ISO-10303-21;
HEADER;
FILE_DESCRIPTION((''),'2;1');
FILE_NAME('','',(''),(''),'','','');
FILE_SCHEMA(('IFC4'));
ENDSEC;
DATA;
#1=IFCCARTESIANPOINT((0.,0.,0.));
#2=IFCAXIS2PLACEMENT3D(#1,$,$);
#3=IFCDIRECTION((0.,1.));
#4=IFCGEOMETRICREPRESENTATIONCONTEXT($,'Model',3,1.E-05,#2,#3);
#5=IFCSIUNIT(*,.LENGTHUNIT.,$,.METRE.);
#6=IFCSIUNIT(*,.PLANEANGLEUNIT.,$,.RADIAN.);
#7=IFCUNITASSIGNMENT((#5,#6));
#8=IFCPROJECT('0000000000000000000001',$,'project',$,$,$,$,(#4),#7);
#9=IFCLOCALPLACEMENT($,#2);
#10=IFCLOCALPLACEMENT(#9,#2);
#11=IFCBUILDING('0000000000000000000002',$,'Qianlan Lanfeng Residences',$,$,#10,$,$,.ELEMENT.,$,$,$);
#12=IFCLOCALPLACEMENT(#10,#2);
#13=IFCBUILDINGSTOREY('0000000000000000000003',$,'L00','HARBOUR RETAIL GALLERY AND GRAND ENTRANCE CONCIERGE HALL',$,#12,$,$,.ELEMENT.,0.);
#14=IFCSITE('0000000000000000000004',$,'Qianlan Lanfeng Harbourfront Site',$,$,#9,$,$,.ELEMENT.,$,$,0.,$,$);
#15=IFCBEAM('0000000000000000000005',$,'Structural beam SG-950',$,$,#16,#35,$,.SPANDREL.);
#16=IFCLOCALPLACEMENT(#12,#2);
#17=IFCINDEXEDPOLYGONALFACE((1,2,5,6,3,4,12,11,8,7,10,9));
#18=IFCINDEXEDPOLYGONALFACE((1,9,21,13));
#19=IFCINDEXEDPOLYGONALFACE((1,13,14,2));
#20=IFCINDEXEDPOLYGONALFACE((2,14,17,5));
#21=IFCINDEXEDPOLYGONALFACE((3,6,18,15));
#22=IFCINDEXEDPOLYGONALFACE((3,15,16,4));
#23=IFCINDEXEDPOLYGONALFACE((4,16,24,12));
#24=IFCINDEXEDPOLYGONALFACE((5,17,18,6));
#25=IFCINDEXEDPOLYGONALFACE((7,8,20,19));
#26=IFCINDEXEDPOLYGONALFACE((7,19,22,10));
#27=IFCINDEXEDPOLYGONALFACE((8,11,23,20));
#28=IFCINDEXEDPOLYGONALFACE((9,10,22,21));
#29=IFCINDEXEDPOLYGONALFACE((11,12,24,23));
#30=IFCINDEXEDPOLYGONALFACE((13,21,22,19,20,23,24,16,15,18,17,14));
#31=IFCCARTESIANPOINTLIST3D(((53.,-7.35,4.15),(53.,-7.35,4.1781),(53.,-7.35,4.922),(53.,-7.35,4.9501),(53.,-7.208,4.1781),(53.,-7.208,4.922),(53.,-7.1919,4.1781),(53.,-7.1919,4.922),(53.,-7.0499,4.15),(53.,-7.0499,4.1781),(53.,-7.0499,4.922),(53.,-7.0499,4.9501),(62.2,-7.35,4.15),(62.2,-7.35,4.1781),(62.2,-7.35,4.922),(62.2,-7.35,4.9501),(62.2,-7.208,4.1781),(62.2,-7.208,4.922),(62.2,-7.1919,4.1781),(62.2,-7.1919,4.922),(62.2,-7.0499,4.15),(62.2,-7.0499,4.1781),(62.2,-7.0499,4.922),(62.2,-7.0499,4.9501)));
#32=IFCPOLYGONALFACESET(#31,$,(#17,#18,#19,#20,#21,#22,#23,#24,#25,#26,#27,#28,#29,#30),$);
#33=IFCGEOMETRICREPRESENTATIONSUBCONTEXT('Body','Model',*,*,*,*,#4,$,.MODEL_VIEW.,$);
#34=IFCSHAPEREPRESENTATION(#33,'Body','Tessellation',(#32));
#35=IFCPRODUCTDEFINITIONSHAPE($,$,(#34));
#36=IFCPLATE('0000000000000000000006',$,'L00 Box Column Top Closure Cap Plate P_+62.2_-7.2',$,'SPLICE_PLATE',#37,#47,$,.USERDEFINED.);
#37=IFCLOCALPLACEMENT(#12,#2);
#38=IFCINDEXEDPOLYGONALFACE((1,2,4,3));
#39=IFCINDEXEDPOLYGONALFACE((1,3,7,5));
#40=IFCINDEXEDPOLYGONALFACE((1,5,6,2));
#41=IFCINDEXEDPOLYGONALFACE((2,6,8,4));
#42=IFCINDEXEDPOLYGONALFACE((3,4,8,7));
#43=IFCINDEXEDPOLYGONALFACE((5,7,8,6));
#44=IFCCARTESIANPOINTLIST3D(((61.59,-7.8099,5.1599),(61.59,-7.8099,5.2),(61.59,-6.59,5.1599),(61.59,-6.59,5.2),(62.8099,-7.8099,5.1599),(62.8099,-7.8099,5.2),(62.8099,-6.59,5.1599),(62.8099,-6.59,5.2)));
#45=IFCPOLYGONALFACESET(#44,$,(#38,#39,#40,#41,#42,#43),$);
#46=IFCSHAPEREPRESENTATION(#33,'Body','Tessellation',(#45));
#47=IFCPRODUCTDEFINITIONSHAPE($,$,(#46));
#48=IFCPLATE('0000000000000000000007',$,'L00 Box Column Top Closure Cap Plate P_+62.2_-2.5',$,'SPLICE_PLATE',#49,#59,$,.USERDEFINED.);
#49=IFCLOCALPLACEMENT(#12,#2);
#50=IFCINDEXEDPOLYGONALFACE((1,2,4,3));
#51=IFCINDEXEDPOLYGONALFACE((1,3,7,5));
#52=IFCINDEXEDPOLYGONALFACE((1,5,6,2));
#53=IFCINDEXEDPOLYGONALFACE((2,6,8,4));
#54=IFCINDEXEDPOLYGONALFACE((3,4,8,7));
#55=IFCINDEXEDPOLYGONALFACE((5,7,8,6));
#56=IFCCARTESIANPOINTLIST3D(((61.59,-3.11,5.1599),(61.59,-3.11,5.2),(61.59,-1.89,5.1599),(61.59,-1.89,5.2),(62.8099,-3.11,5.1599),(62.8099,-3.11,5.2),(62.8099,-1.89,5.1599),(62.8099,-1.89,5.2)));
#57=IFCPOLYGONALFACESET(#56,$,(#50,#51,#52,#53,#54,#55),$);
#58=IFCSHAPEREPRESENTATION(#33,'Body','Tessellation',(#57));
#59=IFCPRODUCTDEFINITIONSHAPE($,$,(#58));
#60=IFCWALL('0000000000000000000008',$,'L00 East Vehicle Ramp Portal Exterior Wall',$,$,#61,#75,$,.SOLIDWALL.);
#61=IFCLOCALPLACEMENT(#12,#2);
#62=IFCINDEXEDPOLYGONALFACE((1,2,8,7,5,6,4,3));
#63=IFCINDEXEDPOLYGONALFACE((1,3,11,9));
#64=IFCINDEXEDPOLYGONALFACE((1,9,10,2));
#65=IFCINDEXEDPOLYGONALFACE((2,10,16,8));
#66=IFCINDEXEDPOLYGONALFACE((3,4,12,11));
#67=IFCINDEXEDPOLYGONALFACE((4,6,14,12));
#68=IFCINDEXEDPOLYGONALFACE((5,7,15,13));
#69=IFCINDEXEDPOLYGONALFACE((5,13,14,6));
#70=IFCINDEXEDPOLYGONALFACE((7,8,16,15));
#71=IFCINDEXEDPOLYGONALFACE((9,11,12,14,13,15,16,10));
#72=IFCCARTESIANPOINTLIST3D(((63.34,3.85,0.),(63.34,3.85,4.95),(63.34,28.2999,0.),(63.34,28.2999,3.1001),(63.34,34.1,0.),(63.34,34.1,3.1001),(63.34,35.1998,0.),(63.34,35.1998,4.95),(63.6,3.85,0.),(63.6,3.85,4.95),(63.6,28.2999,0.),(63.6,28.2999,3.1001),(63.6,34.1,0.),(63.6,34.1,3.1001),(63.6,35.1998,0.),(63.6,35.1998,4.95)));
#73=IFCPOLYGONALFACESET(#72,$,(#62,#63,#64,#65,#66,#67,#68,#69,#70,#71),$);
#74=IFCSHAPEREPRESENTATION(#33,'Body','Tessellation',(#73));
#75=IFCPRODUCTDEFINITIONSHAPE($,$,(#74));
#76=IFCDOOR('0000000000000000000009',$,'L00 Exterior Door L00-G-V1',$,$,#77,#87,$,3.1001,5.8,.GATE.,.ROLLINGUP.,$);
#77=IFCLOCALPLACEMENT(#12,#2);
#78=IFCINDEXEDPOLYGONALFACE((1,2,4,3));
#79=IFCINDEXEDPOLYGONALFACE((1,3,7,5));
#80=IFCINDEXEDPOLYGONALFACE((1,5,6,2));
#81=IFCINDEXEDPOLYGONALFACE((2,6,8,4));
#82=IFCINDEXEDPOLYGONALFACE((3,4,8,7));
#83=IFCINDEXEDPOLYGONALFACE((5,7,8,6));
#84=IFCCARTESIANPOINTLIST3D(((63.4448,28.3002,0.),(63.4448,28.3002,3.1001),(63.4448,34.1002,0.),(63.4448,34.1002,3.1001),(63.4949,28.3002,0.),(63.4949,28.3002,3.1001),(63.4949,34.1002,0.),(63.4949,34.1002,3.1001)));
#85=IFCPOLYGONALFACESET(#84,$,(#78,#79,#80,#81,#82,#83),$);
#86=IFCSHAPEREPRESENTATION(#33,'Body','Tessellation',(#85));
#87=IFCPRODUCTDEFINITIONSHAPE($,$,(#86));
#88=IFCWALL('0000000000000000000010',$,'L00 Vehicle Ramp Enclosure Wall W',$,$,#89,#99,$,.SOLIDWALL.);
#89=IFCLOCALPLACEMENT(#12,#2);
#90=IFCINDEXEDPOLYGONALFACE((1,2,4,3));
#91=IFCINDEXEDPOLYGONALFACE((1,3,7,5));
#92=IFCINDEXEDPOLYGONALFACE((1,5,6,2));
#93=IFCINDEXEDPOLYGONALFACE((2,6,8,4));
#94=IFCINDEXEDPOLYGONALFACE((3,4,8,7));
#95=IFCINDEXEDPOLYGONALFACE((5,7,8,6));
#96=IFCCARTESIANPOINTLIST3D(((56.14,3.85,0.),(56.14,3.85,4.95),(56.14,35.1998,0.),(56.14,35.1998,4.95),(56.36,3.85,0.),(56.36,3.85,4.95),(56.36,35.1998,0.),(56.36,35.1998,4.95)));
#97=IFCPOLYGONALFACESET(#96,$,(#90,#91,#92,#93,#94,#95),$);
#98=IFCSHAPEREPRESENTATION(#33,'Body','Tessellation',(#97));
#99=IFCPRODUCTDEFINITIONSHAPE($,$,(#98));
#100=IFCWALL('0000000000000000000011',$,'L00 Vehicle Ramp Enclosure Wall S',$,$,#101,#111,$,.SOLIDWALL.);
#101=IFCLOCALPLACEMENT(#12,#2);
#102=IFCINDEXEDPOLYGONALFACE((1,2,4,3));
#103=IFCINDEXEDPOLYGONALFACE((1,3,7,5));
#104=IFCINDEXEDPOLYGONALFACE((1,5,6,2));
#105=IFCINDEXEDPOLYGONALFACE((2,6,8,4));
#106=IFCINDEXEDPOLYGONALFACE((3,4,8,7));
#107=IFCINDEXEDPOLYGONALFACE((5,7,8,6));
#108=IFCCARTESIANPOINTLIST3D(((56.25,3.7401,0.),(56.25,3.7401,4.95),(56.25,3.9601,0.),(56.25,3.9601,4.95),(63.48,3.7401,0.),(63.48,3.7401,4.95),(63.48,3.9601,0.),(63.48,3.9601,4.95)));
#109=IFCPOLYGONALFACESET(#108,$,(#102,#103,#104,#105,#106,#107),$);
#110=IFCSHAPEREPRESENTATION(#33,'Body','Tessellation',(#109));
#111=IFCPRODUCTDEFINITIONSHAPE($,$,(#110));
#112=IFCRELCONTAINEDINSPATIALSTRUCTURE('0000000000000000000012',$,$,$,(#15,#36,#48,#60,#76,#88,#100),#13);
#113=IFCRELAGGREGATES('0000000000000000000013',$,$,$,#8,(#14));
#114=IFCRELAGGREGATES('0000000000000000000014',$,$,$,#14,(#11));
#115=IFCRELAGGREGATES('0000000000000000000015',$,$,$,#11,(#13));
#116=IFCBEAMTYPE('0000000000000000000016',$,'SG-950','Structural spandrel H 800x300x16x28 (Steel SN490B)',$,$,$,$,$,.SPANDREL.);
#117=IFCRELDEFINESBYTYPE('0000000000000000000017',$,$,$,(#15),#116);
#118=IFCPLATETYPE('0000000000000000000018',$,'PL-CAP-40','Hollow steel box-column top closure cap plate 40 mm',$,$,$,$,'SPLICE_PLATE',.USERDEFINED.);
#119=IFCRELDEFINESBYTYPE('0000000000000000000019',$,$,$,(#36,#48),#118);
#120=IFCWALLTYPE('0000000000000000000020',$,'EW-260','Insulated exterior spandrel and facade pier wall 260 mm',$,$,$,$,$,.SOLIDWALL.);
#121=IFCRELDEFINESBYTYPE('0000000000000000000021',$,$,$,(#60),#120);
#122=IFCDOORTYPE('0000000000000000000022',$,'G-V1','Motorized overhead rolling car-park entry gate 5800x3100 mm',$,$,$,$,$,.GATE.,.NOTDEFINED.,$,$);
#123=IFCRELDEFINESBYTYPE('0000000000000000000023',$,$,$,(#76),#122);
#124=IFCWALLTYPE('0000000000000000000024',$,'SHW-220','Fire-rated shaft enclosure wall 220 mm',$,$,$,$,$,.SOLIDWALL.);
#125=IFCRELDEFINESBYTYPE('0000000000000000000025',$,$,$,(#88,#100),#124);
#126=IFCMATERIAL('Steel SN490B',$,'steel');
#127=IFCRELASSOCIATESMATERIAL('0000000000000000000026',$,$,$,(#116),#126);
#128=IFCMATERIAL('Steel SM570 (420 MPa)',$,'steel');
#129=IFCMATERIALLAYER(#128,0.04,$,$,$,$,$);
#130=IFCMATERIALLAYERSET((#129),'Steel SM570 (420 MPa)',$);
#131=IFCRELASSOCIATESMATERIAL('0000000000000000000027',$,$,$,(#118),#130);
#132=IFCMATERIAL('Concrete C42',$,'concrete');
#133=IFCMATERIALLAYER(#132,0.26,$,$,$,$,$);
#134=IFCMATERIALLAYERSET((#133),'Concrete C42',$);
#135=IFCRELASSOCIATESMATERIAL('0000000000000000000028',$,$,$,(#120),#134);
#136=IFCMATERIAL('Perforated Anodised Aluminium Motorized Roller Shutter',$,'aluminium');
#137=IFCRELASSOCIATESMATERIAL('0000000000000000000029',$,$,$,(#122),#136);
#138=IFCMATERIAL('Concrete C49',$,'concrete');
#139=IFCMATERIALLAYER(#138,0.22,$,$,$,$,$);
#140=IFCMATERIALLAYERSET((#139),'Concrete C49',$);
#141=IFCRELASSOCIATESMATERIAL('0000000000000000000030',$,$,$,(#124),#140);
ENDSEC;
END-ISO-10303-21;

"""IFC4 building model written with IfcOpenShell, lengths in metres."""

from ifc_helpers import new_model, si_unit, direction, frame, frame_2d, origin, origin_2d, place, context, subcontext, project, spatial, rectangle, i_section, extrude, source, transform, mapped, material, layer, layer_set, material_profile, profile_set, type_object, element, fill, save


model = new_model("IFC4")

# Units and contexts
model_context = context("Model", 3, precision=1e-05, world=origin(), true_north=direction((0.0, 1.0)))
body_context = subcontext(model_context, "Body", "Model", "MODEL_VIEW")
ifc_project = project(units=[si_unit("LENGTHUNIT", "METRE"), si_unit("PLANEANGLEUNIT", "RADIAN")], contexts=[model_context])

# Site, building, storey
site_placement = place(None, origin())
site = spatial("IfcSite", under=ifc_project, at=site_placement, Name="Qianlan Lanfeng Harbourfront Site", CompositionType="ELEMENT", RefElevation=0.0)
building_placement = place(site_placement, origin())
building = spatial("IfcBuilding", under=site, at=building_placement, Name="Qianlan Lanfeng Residences", CompositionType="ELEMENT")
storey_placement = place(building_placement, origin())
storey = spatial("IfcBuildingStorey", under=building, at=storey_placement, Name="L00", Description="HARBOUR RETAIL GALLERY AND GRAND ENTRANCE CONCIERGE HALL", CompositionType="ELEMENT", Elevation=0.0)

# Shared definitions
ifc_material_1 = material(Name="Steel SM570 (420 MPa)", Category="steel")

# Beam
ifc_material_2 = material(Name="Steel SN490B", Category="steel")
ifc_material_profile_1 = material_profile(ifc_material_2, i_section(OverallWidth=0.3, OverallDepth=0.8, WebThickness=0.0161, FlangeThickness=0.0281, at=origin_2d()), Name="H 800x300x16x28")
ifc_profile_set_1 = profile_set([ifc_material_profile_1], Name="Steel SN490B")
beam_type_1 = type_object("IfcBeamType", Name="SG-950", Description="Structural spandrel H 800x300x16x28 (Steel SN490B)", PredefinedType="SPANDREL", material=ifc_profile_set_1)
beam_1_placement = place(storey_placement, frame((53.0, -7.2, 4.55), z_axis=(1.0, 0.0, 0.0), x_axis=(0.0, 1.0, 0.0)))
element("IfcBeam", 1, at=beam_1_placement, inside=storey, type_object=beam_type_1, Name="Structural beam SG-950", PredefinedType="SPANDREL", context=body_context, shape_type="SweptSolid", body=[
    extrude(i_section(OverallWidth=0.3, OverallDepth=0.8, WebThickness=0.0161, FlangeThickness=0.0281, at=origin_2d()), origin(), (0.0, 0.0, 1.0), 9.2),
])

# Plates
ifc_layer_1 = layer(ifc_material_1, 0.04)
ifc_layer_set_1 = layer_set([ifc_layer_1], Name="Steel SM570 (420 MPa)")
plate_type = type_object("IfcPlateType", Name="PL-CAP-40", Description="Hollow steel box-column top closure cap plate 40 mm", ElementType="SPLICE_PLATE", PredefinedType="USERDEFINED", material=ifc_layer_set_1)
shared_shape = source(origin(), body_context, "Body", "SweptSolid", [
    extrude(rectangle(XDim=1.22, YDim=1.22, at=origin_2d()), origin(), (0.0, 0.0, 1.0), 0.04),
])
for number, where, z_axis, x_axis, name in (
    (2, (62.2, -7.2, 5.1599), (0.0, 0.0, 1.0), (1.0, 0.0, 0.0), "L00 Box Column Top Closure Cap Plate P_+62.2_-7.2"),
    (3, (62.2, -2.5, 5.1599), (0.0, 0.0, 1.0), (1.0, 0.0, 0.0), "L00 Box Column Top Closure Cap Plate P_+62.2_-2.5"),
):
    element("IfcPlate", number, at=place(storey_placement, frame(where, z_axis=z_axis, x_axis=x_axis)), inside=storey, type_object=plate_type, Name=name, ObjectType="SPLICE_PLATE", PredefinedType="USERDEFINED", context=body_context, shape_type="MappedRepresentation", body=[
        mapped(shared_shape, transform((0.0, 0.0, 0.0), scale=1.0)),
    ])

# Wall, opening, door
ifc_material_3 = material(Name="Concrete C42", Category="concrete")
ifc_layer_2 = layer(ifc_material_3, 0.26)
ifc_layer_set_2 = layer_set([ifc_layer_2], Name="Concrete C42")
wall_type_1 = type_object("IfcWallType", Name="EW-260", Description="Insulated exterior spandrel and facade pier wall 260 mm", PredefinedType="SOLIDWALL", material=ifc_layer_set_2)
wall_1_placement = place(storey_placement, frame((63.47, 3.8501, 0.0), z_axis=(0.0, 0.0, 1.0), x_axis=(0.0, 1.0, 0.0)))
wall_1 = element("IfcWall", 4, at=wall_1_placement, inside=storey, type_object=wall_type_1, Name="L00 East Vehicle Ramp Portal Exterior Wall", PredefinedType="SOLIDWALL", context=body_context, shape_type="SweptSolid", body=[
    extrude(rectangle(XDim=31.3499, YDim=0.26, at=frame_2d((15.6748, 0.0))), origin(), (0.0, 0.0, 1.0), 4.95),
])
opening_placement = place(wall_1_placement, frame((24.45, 0.0, 0.0)))
opening = element("IfcOpeningElement", 5, at=opening_placement, cuts=wall_1, PredefinedType="OPENING", context=body_context, shape_type="SweptSolid", body=[
    extrude(rectangle(XDim=5.8, YDim=3.1001, at=frame_2d((2.8999, 1.55))), frame((0.0, 0.1401, 0.0), z_axis=(0.0, -1.0, 0.0), x_axis=(1.0, 0.0, 0.0)), (0.0, 0.0, 1.0), 0.28),
])
ifc_material_4 = material(Name="Perforated Anodised Aluminium Motorized Roller Shutter", Category="aluminium")
door_type = type_object("IfcDoorType", Name="G-V1", Description="Motorized overhead rolling car-park entry gate 5800x3100 mm", OperationType="NOTDEFINED", PredefinedType="GATE", material=ifc_material_4)
door_placement = place(opening_placement, frame((5.8, 0.0, 0.0), z_axis=(0.0, 0.0, 1.0), x_axis=(-1.0, 0.0, 0.0)))
door = element("IfcDoor", 6, at=door_placement, inside=storey, type_object=door_type, Name="L00 Exterior Door L00-G-V1", OperationType="ROLLINGUP", OverallHeight=3.1001, OverallWidth=5.8, PredefinedType="GATE", context=body_context, shape_type="SweptSolid", body=[
    extrude(rectangle(XDim=5.8, YDim=3.1001, at=frame_2d((2.8999, 1.55))), frame((0.0, 0.0249, 0.0), z_axis=(0.0, -1.0, 0.0), x_axis=(1.0, 0.0, 0.0)), (0.0, 0.0, 1.0), 0.05),
])
fill(opening, door)

# Walls
ifc_material_5 = material(Name="Concrete C49", Category="concrete")
ifc_layer_3 = layer(ifc_material_5, 0.22)
ifc_layer_set_3 = layer_set([ifc_layer_3], Name="Concrete C49")
wall_type_2 = type_object("IfcWallType", Name="SHW-220", Description="Fire-rated shaft enclosure wall 220 mm", PredefinedType="SOLIDWALL", material=ifc_layer_set_3)
wall_2_placement = place(storey_placement, frame((56.25, 3.8501, 0.0), z_axis=(0.0, 0.0, 1.0), x_axis=(0.0, 1.0, 0.0)))
element("IfcWall", 7, at=wall_2_placement, inside=storey, type_object=wall_type_2, Name="L00 Vehicle Ramp Enclosure Wall W", PredefinedType="SOLIDWALL", context=body_context, shape_type="SweptSolid", body=[
    extrude(rectangle(XDim=31.3499, YDim=0.22, at=frame_2d((15.6748, 0.0))), origin(), (0.0, 0.0, 1.0), 4.95),
])
wall_3_placement = place(storey_placement, frame((56.25, 3.8501, 0.0), z_axis=(0.0, 0.0, 1.0), x_axis=(1.0, 0.0, 0.0)))
element("IfcWall", 8, at=wall_3_placement, inside=storey, type_object=wall_type_2, Name="L00 Vehicle Ramp Enclosure Wall S", PredefinedType="SOLIDWALL", context=body_context, shape_type="SweptSolid", body=[
    extrude(rectangle(XDim=7.23, YDim=0.22, at=frame_2d((3.615, 0.0))), origin(), (0.0, 0.0, 1.0), 4.95),
])

save(model, "model.ifc")
